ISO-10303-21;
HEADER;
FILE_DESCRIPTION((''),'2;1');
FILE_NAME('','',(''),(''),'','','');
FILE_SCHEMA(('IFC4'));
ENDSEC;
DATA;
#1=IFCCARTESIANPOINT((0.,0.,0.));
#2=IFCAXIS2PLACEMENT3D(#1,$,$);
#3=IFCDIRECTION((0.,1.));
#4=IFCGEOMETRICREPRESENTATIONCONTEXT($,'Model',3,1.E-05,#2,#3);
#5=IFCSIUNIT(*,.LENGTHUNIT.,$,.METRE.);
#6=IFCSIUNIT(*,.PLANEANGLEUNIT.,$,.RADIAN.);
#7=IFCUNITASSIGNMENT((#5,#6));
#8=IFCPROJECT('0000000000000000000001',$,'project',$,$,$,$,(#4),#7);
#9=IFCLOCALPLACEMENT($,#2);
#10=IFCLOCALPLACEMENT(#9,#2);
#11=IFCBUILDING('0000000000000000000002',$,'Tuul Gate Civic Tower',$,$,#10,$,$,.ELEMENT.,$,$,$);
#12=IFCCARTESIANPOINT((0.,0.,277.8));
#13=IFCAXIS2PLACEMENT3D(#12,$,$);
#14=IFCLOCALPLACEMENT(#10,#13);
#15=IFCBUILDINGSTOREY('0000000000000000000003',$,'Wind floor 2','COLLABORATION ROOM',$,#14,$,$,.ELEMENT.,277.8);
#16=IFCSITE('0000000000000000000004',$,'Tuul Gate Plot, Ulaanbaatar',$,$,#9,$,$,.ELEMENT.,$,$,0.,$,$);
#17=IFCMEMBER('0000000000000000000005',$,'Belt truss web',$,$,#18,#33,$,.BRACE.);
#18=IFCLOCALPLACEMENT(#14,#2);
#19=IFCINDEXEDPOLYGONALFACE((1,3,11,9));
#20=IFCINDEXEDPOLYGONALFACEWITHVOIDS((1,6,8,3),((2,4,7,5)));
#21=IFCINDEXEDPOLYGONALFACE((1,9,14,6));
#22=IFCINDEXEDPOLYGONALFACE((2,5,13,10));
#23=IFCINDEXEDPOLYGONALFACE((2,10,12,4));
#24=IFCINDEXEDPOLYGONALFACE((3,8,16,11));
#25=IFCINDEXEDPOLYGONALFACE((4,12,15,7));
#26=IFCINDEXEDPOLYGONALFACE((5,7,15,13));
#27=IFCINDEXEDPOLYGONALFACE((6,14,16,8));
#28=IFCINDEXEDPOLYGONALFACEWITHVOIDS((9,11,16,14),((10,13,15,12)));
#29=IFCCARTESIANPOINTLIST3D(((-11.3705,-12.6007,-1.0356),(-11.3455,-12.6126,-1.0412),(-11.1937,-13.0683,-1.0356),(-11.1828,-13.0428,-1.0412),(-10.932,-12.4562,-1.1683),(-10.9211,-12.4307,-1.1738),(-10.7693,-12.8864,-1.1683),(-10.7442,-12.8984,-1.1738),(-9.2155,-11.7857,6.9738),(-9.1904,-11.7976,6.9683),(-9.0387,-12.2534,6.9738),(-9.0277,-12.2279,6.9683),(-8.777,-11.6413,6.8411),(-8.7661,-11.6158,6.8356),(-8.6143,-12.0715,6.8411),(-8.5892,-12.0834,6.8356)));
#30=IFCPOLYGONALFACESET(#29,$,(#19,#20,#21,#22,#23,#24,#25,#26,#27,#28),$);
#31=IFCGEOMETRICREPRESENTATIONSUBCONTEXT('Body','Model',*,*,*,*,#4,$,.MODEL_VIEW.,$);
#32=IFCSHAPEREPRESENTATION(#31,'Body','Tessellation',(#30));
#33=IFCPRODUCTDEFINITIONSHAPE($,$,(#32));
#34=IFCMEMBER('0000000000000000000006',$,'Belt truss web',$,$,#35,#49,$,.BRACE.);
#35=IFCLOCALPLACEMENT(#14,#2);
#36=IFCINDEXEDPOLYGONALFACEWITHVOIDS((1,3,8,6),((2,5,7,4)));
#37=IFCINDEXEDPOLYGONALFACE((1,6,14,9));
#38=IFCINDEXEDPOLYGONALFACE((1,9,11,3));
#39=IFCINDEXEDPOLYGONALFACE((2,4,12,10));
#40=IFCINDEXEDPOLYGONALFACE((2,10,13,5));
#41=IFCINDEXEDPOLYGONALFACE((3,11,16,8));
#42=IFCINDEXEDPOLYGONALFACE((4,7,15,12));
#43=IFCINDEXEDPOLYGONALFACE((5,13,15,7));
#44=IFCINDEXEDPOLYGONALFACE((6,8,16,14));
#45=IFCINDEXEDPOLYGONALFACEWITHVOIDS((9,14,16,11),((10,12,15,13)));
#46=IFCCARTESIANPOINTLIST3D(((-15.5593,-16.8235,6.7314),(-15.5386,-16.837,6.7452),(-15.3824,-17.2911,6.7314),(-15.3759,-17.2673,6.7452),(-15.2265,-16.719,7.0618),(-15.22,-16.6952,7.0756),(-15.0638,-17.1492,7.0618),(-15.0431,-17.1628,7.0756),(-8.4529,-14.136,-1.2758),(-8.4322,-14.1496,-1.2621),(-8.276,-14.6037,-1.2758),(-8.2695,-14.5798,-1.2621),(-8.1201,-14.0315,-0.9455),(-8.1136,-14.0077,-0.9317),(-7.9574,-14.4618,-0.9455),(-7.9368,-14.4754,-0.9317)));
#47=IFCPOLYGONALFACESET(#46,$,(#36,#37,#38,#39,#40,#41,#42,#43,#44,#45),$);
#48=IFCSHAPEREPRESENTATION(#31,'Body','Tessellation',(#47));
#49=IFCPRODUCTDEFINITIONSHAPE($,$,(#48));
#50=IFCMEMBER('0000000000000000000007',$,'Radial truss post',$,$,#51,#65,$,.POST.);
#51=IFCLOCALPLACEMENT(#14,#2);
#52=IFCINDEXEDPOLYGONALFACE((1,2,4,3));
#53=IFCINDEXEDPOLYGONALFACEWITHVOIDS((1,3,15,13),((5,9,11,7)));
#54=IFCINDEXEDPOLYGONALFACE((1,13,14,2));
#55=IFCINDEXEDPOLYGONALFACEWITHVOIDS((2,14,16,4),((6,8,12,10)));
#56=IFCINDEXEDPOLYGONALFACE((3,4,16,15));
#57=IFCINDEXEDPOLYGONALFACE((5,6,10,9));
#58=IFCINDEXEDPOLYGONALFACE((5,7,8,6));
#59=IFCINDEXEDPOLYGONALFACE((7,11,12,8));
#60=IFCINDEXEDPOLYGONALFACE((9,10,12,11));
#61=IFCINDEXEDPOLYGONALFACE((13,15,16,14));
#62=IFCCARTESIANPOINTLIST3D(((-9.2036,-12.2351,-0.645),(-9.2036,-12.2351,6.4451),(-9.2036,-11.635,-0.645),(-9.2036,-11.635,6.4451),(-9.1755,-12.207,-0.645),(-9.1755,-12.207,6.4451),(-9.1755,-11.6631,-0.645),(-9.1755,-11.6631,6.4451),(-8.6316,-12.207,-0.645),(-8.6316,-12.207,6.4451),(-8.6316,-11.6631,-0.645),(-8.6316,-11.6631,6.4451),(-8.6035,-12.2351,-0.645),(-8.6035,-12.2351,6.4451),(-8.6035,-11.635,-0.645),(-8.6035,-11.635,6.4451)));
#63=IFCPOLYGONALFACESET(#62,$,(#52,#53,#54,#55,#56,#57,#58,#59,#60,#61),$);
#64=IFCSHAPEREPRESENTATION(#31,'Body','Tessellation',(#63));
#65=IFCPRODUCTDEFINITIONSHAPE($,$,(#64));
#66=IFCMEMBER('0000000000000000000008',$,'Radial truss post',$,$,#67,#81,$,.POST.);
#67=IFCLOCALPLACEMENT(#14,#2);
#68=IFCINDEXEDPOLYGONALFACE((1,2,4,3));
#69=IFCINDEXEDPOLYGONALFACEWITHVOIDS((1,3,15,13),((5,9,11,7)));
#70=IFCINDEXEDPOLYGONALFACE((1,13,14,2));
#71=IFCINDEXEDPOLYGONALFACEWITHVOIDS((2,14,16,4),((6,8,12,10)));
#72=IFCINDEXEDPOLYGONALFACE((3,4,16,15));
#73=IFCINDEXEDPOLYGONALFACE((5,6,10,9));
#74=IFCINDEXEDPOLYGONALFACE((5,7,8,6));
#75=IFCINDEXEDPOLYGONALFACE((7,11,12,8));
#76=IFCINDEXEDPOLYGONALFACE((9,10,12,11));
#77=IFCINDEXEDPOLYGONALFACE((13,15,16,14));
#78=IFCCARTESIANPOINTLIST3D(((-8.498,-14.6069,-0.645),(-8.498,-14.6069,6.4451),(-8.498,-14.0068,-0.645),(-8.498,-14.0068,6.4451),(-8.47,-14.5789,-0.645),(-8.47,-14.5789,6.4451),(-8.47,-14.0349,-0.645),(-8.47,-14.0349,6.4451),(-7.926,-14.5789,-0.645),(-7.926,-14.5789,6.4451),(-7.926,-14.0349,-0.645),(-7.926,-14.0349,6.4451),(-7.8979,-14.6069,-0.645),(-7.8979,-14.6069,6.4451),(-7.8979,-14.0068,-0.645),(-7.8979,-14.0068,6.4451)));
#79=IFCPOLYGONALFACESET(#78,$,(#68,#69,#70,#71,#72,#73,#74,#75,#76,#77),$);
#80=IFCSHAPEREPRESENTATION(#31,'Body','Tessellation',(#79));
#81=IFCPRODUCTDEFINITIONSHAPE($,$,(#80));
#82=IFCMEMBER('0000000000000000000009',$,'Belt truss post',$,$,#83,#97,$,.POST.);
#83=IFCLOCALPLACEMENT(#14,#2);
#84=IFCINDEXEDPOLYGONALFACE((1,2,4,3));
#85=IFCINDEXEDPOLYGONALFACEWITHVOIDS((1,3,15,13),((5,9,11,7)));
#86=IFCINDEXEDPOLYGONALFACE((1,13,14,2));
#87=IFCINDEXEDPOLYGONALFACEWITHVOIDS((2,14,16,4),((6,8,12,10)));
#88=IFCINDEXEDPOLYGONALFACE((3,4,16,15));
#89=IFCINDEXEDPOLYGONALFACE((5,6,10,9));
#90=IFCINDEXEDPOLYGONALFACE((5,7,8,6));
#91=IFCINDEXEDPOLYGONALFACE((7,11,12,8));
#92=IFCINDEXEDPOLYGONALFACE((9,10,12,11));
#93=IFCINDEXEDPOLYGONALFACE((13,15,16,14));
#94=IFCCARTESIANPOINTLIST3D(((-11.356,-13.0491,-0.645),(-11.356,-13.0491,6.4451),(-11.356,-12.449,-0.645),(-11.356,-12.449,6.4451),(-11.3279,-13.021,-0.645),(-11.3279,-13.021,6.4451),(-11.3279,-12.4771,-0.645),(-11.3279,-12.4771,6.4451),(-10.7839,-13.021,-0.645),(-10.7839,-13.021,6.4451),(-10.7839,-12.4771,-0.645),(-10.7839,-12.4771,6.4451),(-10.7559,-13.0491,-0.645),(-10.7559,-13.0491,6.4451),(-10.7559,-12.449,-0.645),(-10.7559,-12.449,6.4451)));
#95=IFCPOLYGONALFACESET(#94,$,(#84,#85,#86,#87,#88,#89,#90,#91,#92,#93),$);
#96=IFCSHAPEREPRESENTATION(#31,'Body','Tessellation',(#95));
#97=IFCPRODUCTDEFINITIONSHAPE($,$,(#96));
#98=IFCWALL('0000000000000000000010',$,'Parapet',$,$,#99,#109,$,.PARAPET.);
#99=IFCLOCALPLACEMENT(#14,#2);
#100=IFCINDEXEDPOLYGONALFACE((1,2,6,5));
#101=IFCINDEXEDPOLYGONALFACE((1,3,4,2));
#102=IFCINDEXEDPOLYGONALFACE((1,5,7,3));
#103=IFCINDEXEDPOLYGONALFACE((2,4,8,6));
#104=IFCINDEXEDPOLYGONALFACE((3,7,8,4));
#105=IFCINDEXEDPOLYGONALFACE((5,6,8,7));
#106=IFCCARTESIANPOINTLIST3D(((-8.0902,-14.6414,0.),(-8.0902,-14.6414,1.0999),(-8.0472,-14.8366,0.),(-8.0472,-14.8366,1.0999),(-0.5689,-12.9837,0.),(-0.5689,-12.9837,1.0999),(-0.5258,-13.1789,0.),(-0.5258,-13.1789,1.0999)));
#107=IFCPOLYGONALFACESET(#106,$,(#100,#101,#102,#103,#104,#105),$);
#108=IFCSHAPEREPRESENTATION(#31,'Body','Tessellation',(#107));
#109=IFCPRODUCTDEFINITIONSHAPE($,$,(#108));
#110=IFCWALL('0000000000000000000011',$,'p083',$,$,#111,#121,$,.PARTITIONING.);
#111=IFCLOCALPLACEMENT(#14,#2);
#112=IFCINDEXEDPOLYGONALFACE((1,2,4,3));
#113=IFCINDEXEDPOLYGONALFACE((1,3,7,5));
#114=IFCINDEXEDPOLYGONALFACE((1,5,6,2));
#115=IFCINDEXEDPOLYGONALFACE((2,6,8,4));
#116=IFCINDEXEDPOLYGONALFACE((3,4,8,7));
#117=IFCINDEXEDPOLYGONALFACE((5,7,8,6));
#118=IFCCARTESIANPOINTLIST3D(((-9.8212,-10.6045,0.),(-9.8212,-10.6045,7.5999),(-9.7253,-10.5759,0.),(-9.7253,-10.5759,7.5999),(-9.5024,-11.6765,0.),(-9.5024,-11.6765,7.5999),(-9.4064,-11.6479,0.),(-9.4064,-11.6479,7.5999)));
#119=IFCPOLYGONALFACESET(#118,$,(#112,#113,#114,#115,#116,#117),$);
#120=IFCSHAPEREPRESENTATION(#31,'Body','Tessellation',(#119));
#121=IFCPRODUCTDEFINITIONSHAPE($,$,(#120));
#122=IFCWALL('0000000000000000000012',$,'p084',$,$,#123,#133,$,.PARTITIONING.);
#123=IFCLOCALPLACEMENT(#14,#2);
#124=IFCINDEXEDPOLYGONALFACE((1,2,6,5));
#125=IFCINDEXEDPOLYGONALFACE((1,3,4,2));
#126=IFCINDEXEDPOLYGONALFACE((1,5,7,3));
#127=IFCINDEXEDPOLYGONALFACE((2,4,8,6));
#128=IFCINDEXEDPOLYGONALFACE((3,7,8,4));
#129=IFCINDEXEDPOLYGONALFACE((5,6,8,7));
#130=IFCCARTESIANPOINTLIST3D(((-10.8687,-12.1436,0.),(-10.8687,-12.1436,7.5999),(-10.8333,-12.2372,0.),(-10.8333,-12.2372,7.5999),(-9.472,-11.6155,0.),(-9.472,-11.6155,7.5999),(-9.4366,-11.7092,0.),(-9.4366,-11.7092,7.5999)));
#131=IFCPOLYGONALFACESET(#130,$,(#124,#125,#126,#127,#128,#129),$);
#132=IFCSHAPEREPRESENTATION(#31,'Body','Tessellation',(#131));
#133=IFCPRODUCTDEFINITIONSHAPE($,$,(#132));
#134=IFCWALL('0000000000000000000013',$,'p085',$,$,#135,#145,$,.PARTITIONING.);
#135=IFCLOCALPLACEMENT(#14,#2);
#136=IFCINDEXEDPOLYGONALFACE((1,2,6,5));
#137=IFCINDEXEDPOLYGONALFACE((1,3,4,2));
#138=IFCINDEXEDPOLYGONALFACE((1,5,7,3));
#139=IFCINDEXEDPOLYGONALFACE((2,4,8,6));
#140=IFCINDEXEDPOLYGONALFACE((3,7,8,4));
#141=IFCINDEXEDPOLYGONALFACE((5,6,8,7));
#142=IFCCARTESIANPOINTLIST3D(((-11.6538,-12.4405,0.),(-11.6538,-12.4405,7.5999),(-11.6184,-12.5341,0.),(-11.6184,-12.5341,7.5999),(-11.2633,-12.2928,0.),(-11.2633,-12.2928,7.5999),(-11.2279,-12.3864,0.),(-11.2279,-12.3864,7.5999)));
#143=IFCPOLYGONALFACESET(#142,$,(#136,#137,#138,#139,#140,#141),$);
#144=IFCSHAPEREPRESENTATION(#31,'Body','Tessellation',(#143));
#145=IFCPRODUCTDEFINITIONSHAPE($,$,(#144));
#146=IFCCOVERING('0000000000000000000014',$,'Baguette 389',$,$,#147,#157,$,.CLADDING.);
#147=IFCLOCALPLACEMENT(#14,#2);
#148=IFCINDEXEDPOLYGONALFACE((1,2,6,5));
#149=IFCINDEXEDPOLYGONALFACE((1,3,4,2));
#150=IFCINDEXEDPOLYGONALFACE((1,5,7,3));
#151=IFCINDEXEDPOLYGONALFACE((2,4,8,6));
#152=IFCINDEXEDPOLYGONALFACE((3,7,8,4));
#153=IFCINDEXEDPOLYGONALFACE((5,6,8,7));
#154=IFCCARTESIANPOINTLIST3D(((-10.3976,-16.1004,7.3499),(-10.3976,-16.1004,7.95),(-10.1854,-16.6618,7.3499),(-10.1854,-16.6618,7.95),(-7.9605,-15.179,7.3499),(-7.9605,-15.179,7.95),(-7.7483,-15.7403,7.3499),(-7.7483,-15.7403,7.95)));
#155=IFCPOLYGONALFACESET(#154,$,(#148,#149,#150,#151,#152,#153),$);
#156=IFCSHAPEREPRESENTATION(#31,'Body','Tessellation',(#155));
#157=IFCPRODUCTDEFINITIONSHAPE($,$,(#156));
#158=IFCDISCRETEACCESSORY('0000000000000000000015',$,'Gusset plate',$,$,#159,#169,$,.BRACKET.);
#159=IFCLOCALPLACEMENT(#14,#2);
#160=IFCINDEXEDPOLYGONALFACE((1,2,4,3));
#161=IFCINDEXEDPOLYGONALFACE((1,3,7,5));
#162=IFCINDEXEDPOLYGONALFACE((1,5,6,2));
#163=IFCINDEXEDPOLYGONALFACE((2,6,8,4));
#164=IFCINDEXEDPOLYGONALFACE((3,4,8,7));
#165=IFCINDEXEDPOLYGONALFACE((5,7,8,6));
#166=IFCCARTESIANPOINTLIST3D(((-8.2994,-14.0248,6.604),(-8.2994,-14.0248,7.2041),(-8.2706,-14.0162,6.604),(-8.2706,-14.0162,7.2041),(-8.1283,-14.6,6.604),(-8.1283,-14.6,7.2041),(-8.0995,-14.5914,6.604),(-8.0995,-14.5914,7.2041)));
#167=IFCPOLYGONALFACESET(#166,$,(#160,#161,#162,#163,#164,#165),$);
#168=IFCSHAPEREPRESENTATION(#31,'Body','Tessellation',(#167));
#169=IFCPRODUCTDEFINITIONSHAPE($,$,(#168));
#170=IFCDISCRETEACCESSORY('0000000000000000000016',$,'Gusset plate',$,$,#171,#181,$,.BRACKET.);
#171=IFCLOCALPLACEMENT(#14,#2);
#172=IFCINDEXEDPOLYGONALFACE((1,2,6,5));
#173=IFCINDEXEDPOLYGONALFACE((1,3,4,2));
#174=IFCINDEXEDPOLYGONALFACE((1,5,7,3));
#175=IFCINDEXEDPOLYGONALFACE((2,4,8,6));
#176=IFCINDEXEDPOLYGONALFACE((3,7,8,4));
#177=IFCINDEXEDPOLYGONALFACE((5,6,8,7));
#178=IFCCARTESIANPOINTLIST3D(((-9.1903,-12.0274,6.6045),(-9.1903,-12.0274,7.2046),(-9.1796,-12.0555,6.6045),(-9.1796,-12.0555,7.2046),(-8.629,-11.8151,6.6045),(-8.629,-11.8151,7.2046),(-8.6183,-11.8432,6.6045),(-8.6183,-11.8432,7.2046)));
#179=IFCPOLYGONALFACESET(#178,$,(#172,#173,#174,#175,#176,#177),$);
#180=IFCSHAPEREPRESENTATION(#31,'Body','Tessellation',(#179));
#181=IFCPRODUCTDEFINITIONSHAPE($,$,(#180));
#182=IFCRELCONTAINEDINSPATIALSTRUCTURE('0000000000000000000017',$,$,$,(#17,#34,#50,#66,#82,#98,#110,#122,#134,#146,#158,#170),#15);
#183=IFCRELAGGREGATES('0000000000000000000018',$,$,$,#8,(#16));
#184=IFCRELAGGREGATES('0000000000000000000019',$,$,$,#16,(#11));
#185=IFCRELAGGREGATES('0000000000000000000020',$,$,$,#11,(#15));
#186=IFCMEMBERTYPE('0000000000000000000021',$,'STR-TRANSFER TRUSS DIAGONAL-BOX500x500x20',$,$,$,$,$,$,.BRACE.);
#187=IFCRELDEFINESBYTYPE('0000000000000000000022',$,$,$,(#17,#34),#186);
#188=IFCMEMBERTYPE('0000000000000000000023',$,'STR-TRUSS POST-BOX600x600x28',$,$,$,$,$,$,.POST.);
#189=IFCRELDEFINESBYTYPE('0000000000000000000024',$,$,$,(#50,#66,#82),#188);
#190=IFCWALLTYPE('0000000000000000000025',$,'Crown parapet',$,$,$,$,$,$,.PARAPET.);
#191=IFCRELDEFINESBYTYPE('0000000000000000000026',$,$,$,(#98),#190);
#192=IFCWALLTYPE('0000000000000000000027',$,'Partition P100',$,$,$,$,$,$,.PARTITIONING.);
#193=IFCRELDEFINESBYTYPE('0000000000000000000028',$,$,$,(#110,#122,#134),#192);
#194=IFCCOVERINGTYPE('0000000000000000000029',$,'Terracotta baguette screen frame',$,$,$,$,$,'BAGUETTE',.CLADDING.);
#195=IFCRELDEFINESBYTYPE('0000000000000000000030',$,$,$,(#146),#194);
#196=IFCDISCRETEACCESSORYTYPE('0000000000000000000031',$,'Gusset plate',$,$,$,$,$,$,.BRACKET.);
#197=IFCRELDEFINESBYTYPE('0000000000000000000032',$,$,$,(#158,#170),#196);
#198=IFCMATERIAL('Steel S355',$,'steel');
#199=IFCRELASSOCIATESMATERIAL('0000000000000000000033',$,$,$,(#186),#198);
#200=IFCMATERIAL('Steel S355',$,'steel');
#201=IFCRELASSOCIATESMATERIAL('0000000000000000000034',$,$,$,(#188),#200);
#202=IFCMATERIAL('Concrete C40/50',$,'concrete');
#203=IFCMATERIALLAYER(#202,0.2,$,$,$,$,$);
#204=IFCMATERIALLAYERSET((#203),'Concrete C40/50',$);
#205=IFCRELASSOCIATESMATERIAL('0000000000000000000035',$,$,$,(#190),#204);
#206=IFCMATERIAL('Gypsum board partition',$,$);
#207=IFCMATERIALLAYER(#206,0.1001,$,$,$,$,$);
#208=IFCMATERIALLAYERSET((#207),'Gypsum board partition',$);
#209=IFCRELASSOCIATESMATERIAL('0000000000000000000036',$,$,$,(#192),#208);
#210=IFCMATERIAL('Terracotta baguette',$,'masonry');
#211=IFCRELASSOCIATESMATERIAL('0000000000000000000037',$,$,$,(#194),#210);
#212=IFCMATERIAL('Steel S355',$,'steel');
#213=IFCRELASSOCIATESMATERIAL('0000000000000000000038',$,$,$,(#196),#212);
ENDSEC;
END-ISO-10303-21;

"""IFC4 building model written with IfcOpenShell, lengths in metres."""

from ifc_helpers import new_model, si_unit, direction, frame, frame_2d, origin, origin_2d, place, context, subcontext, project, spatial, rectangle, hollow_rectangle, extrude, material, layer, layer_set, material_profile, profile_set, type_object, element, save


model = new_model("IFC4")

# Units and contexts
model_context = context("Model", 3, precision=1e-05, world=origin(), true_north=direction((0.0, 1.0)))
body_context = subcontext(model_context, "Body", "Model", "MODEL_VIEW")
ifc_project = project(units=[si_unit("LENGTHUNIT", "METRE"), si_unit("PLANEANGLEUNIT", "RADIAN")], contexts=[model_context])

# Site, building, storey
site_placement = place(None, origin())
site = spatial("IfcSite", under=ifc_project, at=site_placement, Name="Tuul Gate Plot, Ulaanbaatar", CompositionType="ELEMENT", RefElevation=0.0)
building_placement = place(site_placement, origin())
building = spatial("IfcBuilding", under=site, at=building_placement, Name="Tuul Gate Civic Tower", CompositionType="ELEMENT")
storey_placement = place(building_placement, frame((0.0, 0.0, 277.8)))
storey = spatial("IfcBuildingStorey", under=building, at=storey_placement, Name="Wind floor 2", Description="COLLABORATION ROOM", CompositionType="ELEMENT", Elevation=277.8)

# Members
ifc_material_1 = material(Name="Steel S355", Category="steel")
ifc_material_profile_1 = material_profile(ifc_material_1, hollow_rectangle(XDim=0.5, YDim=0.5, WallThickness=0.02, at=origin_2d()), Name="BOX500x500x20")
ifc_profile_set_1 = profile_set([ifc_material_profile_1], Name="Steel S355")
member_type_1 = type_object("IfcMemberType", Name="STR-TRANSFER TRUSS DIAGONAL-BOX500x500x20", PredefinedType="BRACE", material=ifc_profile_set_1)
member_1_placement = place(storey_placement, frame((-11.0574, -12.7495, -1.1047), z_axis=(0.258573, 0.097782, 0.96103), x_axis=(-0.353712, 0.935354, 0.0)))
element("IfcMember", 1, at=member_1_placement, inside=storey, type_object=member_type_1, Name="Belt truss web", PredefinedType="BRACE", context=body_context, shape_type="SweptSolid", body=[
    extrude(hollow_rectangle(XDim=0.5, YDim=0.5, WallThickness=0.02, at=origin_2d()), origin(), (0.0, 0.0, 1.0), 8.3342),
])
member_2_placement = place(storey_placement, frame((-8.1948, -14.3057, -1.1038), z_axis=(-0.643806, -0.243473, 0.725421), x_axis=(0.353728, -0.935348, 0.0)))
element("IfcMember", 2, at=member_2_placement, inside=storey, type_object=member_type_1, Name="Belt truss web", PredefinedType="BRACE", context=body_context, shape_type="SweptSolid", body=[
    extrude(hollow_rectangle(XDim=0.5, YDim=0.5, WallThickness=0.02, at=origin_2d()), origin(), (0.0, 0.0, 1.0), 11.0381),
])
ifc_material_2 = material(Name="Steel S355", Category="steel")
ifc_material_profile_2 = material_profile(ifc_material_2, hollow_rectangle(XDim=0.6001, YDim=0.6001, WallThickness=0.0281, at=origin_2d()), Name="BOX600x600x28")
ifc_profile_set_2 = profile_set([ifc_material_profile_2], Name="Steel S355")
member_type_2 = type_object("IfcMemberType", Name="STR-TRUSS POST-BOX600x600x28", PredefinedType="POST", material=ifc_profile_set_2)
for number, where, z_axis, x_axis, name in (
    (3, (-8.9036, -11.9351, -0.645), (0.0, 0.0, 1.0), (1.0, 0.0, 0.0), "Radial truss post"),
    (4, (-8.198, -14.3069, -0.645), (0.0, 0.0, 1.0), (1.0, 0.0, 0.0), "Radial truss post"),
    (5, (-11.0559, -12.749, -0.645), (0.0, 0.0, 1.0), (1.0, 0.0, 0.0), "Belt truss post"),
):
    element("IfcMember", number, at=place(storey_placement, frame(where, z_axis=z_axis, x_axis=x_axis)), inside=storey, type_object=member_type_2, Name=name, PredefinedType="POST", context=body_context, shape_type="SweptSolid", body=[
        extrude(hollow_rectangle(XDim=0.6001, YDim=0.6001, WallThickness=0.0281, at=origin_2d()), origin(), (0.0, 0.0, 1.0), 7.0901),
    ])

# Walls
ifc_material_3 = material(Name="Concrete C40/50", Category="concrete")
ifc_layer_1 = layer(ifc_material_3, 0.2)
ifc_layer_set_1 = layer_set([ifc_layer_1], Name="Concrete C40/50")
wall_type_1 = type_object("IfcWallType", Name="Crown parapet", PredefinedType="PARAPET", material=ifc_layer_set_1)
wall_1_placement = place(storey_placement, frame((-8.0688, -14.739, 0.0), z_axis=(0.0, 0.0, 1.0), x_axis=(0.976563, 0.215232, 0.0)))
element("IfcWall", 6, at=wall_1_placement, inside=storey, type_object=wall_type_1, Name="Parapet", PredefinedType="PARAPET", context=body_context, shape_type="SweptSolid", body=[
    extrude(rectangle(XDim=7.7019, YDim=0.2, at=frame_2d((3.8511, 0.0))), origin(), (0.0, 0.0, 1.0), 1.0999),
])
ifc_material_4 = material(Name="Gypsum board partition")
ifc_layer_2 = layer(ifc_material_4, 0.1001)
ifc_layer_set_2 = layer_set([ifc_layer_2], Name="Gypsum board partition")
wall_type_2 = type_object("IfcWallType", Name="Partition P100", PredefinedType="PARTITIONING", material=ifc_layer_set_2)
wall_2_placement = place(storey_placement, frame((-9.7732, -10.5903, 0.0), z_axis=(0.0, 0.0, 1.0), x_axis=(0.285084, -0.958503, 0.0)))
element("IfcWall", 7, at=wall_2_placement, inside=storey, type_object=wall_type_2, Name="p083", PredefinedType="PARTITIONING", context=body_context, shape_type="SweptSolid", body=[
    extrude(rectangle(XDim=1.1184, YDim=0.1001, at=frame_2d((0.5591, 0.0))), origin(), (0.0, 0.0, 1.0), 7.5999),
])
wall_3_placement = place(storey_placement, frame((-9.4543, -11.6624, 0.0), z_axis=(0.0, 0.0, 1.0), x_axis=(-0.935378, -0.353649, 0.0)))
element("IfcWall", 8, at=wall_3_placement, inside=storey, type_object=wall_type_2, Name="p084", PredefinedType="PARTITIONING", context=body_context, shape_type="SweptSolid", body=[
    extrude(rectangle(XDim=1.4932, YDim=0.1001, at=frame_2d((0.7466, 0.0))), origin(), (0.0, 0.0, 1.0), 7.5999),
])
wall_4_placement = place(storey_placement, frame((-11.2456, -12.3396, 0.0), z_axis=(0.0, 0.0, 1.0), x_axis=(-0.935291, -0.353878, 0.0)))
element("IfcWall", 9, at=wall_4_placement, inside=storey, type_object=wall_type_2, Name="p085", PredefinedType="PARTITIONING", context=body_context, shape_type="SweptSolid", body=[
    extrude(rectangle(XDim=0.4175, YDim=0.1001, at=frame_2d((0.2087, 0.0))), origin(), (0.0, 0.0, 1.0), 7.5999),
])

# Covering
ifc_material_5 = material(Name="Terracotta baguette", Category="masonry")
ifc_material_profile_3 = material_profile(ifc_material_5, rectangle(XDim=0.6001, YDim=0.6001, at=origin_2d()), Name="Terracotta baguette screen frame")
ifc_profile_set_3 = profile_set([ifc_material_profile_3], Name="Terracotta baguette")
covering_type = type_object("IfcCoveringType", Name="Terracotta baguette screen frame", ElementType="BAGUETTE", PredefinedType="CLADDING", material=ifc_profile_set_3)
covering_placement = place(storey_placement, frame((-10.2915, -16.3811, 7.6499), z_axis=(0.935378, 0.353648, 0.0), x_axis=(-0.353648, 0.935378, 0.0)))
element("IfcCovering", 10, at=covering_placement, inside=storey, type_object=covering_type, Name="Baguette 389", PredefinedType="CLADDING", context=body_context, shape_type="SweptSolid", body=[
    extrude(rectangle(XDim=0.6001, YDim=0.6001, at=origin_2d()), origin(), (0.0, 0.0, 1.0), 2.6055),
])

# Discrete accessories
ifc_material_6 = material(Name="Steel S355", Category="steel")
discrete_accessory_type = type_object("IfcDiscreteAccessoryType", Name="Gusset plate", PredefinedType="BRACKET", material=ifc_material_6)
for number, where, z_axis, x_axis, name in (
    (11, (-8.1995, -14.3081, 6.604), (0.0, 0.0, 1.0), (-0.285169, 0.958477, 0.0), "Gusset plate"),
    (12, (-8.9043, -11.9353, 6.6045), (0.0, 0.0, 1.0), (-0.935368, -0.353677, 0.0), "Gusset plate"),
):
    element("IfcDiscreteAccessory", number, at=place(storey_placement, frame(where, z_axis=z_axis, x_axis=x_axis)), inside=storey, type_object=discrete_accessory_type, Name=name, PredefinedType="BRACKET", context=body_context, shape_type="SweptSolid", body=[
        extrude(rectangle(XDim=0.6001, YDim=0.03, at=origin_2d()), origin(), (0.0, 0.0, 1.0), 0.6001),
    ])

save(model, "model.ifc")
